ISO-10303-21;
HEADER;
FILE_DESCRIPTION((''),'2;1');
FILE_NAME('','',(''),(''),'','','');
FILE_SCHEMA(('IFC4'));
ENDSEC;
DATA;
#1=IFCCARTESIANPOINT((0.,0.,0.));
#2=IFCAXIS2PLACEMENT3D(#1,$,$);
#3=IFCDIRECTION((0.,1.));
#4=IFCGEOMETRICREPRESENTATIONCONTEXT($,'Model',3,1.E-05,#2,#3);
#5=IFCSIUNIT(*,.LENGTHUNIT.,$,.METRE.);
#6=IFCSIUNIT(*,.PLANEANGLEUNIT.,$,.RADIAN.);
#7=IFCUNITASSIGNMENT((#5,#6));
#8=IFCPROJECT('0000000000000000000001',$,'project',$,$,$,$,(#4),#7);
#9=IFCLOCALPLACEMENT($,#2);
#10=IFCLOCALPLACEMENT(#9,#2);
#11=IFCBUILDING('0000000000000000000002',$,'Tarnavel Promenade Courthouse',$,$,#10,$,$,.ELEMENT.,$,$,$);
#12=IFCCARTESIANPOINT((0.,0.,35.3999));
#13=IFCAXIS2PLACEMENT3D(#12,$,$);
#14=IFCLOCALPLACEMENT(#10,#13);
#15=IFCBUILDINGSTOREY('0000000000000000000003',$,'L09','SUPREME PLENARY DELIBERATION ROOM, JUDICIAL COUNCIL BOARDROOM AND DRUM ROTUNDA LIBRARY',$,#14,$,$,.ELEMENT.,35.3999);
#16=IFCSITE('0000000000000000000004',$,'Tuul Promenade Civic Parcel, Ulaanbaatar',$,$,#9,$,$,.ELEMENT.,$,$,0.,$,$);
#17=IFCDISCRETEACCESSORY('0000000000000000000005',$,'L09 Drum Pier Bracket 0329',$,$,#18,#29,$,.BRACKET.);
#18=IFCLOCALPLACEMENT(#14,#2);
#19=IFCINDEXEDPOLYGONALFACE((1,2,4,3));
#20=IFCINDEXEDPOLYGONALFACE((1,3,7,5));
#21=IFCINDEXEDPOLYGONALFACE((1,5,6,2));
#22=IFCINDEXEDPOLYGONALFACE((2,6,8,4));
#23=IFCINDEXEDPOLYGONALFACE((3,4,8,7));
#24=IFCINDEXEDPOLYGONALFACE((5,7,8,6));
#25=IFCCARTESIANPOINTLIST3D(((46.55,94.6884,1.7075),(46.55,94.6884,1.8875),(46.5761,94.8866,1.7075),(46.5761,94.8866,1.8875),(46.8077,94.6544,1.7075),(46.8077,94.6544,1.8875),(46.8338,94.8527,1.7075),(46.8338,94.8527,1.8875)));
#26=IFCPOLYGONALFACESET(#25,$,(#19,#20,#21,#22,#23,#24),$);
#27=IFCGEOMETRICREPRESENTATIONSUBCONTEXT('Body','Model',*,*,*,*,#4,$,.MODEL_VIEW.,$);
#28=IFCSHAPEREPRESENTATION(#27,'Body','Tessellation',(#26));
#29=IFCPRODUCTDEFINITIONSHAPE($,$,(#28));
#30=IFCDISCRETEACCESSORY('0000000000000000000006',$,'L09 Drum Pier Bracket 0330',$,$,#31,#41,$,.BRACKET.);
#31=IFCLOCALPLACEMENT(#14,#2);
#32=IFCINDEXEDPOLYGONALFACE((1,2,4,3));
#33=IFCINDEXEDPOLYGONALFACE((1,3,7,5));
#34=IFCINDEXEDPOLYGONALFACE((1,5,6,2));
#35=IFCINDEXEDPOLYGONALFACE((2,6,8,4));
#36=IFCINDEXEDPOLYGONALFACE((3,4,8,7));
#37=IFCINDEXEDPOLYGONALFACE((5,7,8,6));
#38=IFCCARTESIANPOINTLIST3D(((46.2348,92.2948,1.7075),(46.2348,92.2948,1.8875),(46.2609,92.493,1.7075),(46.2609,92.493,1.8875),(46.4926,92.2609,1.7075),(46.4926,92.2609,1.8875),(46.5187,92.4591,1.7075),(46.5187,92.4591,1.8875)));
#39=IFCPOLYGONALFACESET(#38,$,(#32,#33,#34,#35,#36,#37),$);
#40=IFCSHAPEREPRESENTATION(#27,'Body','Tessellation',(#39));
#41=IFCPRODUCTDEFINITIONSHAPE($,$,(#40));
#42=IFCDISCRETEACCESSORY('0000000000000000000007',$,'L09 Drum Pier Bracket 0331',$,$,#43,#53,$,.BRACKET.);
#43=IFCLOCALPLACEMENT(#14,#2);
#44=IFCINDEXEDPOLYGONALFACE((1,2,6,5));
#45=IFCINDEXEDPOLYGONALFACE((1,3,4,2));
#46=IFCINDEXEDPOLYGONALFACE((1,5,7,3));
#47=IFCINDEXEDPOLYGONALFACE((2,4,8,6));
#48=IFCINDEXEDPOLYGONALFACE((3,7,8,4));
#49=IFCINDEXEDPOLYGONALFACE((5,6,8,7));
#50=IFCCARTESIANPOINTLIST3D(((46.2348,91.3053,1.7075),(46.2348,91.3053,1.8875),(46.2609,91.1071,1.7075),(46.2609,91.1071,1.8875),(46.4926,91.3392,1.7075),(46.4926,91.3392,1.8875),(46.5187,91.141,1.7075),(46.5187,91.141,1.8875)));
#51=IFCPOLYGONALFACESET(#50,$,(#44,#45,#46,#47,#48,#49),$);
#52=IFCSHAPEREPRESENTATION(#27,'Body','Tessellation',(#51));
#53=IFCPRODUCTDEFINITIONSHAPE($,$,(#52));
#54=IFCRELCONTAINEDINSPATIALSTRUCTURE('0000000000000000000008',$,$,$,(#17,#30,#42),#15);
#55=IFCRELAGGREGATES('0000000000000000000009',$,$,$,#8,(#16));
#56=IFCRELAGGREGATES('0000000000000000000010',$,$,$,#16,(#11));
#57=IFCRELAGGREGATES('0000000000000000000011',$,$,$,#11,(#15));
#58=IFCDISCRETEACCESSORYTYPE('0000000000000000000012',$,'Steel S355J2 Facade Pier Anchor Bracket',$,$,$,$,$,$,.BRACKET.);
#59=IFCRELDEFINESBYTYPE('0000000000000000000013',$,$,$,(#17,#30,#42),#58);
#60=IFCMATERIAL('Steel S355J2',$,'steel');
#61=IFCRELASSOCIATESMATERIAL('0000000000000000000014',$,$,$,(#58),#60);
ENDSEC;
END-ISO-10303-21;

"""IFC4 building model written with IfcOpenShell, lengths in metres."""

from ifc_helpers import new_model, si_unit, direction, frame, origin, origin_2d, place, context, subcontext, project, spatial, rectangle, extrude, material, type_object, element, save


model = new_model("IFC4")

# Units and contexts
model_context = context("Model", 3, precision=1e-05, world=origin(), true_north=direction((0.0, 1.0)))
body_context = subcontext(model_context, "Body", "Model", "MODEL_VIEW")
ifc_project = project(units=[si_unit("LENGTHUNIT", "METRE"), si_unit("PLANEANGLEUNIT", "RADIAN")], contexts=[model_context])

# Site, building, storey
site_placement = place(None, origin())
site = spatial("IfcSite", under=ifc_project, at=site_placement, Name="Tuul Promenade Civic Parcel, Ulaanbaatar", CompositionType="ELEMENT", RefElevation=0.0)
building_placement = place(site_placement, origin())
building = spatial("IfcBuilding", under=site, at=building_placement, Name="Tarnavel Promenade Courthouse", CompositionType="ELEMENT")
storey_placement = place(building_placement, frame((0.0, 0.0, 35.3999)))
storey = spatial("IfcBuildingStorey", under=building, at=storey_placement, Name="L09", Description="SUPREME PLENARY DELIBERATION ROOM, JUDICIAL COUNCIL BOARDROOM AND DRUM ROTUNDA LIBRARY", CompositionType="ELEMENT", Elevation=35.3999)

# Shared definitions
ifc_material_1 = material(Name="Steel S355J2", Category="steel")

# Discrete accessories
discrete_accessory_type = type_object("IfcDiscreteAccessoryType", Name="Steel S355J2 Facade Pier Anchor Bracket", PredefinedType="BRACKET", material=ifc_material_1)
for number, where, z_axis, x_axis, name in (
    (1, (46.6919, 94.7705, 1.7075), (0.0, 0.0, 1.0), (-0.130526, -0.991445, 0.0), "L09 Drum Pier Bracket 0329"),
    (2, (46.3767, 92.377, 1.7075), (0.0, 0.0, 1.0), (-0.130526, -0.991445, 0.0), "L09 Drum Pier Bracket 0330"),
    (3, (46.3767, 91.2231, 1.7075), (0.0, 0.0, 1.0), (0.130526, -0.991445, 0.0), "L09 Drum Pier Bracket 0331"),
):
    element("IfcDiscreteAccessory", number, at=place(storey_placement, frame(where, z_axis=z_axis, x_axis=x_axis)), inside=storey, type_object=discrete_accessory_type, Name=name, PredefinedType="BRACKET", context=body_context, shape_type="SweptSolid", body=[
        extrude(rectangle(XDim=0.2, YDim=0.26, at=origin_2d()), origin(), (0.0, 0.0, 1.0), 0.1799),
    ])

save(model, "model.ifc")
